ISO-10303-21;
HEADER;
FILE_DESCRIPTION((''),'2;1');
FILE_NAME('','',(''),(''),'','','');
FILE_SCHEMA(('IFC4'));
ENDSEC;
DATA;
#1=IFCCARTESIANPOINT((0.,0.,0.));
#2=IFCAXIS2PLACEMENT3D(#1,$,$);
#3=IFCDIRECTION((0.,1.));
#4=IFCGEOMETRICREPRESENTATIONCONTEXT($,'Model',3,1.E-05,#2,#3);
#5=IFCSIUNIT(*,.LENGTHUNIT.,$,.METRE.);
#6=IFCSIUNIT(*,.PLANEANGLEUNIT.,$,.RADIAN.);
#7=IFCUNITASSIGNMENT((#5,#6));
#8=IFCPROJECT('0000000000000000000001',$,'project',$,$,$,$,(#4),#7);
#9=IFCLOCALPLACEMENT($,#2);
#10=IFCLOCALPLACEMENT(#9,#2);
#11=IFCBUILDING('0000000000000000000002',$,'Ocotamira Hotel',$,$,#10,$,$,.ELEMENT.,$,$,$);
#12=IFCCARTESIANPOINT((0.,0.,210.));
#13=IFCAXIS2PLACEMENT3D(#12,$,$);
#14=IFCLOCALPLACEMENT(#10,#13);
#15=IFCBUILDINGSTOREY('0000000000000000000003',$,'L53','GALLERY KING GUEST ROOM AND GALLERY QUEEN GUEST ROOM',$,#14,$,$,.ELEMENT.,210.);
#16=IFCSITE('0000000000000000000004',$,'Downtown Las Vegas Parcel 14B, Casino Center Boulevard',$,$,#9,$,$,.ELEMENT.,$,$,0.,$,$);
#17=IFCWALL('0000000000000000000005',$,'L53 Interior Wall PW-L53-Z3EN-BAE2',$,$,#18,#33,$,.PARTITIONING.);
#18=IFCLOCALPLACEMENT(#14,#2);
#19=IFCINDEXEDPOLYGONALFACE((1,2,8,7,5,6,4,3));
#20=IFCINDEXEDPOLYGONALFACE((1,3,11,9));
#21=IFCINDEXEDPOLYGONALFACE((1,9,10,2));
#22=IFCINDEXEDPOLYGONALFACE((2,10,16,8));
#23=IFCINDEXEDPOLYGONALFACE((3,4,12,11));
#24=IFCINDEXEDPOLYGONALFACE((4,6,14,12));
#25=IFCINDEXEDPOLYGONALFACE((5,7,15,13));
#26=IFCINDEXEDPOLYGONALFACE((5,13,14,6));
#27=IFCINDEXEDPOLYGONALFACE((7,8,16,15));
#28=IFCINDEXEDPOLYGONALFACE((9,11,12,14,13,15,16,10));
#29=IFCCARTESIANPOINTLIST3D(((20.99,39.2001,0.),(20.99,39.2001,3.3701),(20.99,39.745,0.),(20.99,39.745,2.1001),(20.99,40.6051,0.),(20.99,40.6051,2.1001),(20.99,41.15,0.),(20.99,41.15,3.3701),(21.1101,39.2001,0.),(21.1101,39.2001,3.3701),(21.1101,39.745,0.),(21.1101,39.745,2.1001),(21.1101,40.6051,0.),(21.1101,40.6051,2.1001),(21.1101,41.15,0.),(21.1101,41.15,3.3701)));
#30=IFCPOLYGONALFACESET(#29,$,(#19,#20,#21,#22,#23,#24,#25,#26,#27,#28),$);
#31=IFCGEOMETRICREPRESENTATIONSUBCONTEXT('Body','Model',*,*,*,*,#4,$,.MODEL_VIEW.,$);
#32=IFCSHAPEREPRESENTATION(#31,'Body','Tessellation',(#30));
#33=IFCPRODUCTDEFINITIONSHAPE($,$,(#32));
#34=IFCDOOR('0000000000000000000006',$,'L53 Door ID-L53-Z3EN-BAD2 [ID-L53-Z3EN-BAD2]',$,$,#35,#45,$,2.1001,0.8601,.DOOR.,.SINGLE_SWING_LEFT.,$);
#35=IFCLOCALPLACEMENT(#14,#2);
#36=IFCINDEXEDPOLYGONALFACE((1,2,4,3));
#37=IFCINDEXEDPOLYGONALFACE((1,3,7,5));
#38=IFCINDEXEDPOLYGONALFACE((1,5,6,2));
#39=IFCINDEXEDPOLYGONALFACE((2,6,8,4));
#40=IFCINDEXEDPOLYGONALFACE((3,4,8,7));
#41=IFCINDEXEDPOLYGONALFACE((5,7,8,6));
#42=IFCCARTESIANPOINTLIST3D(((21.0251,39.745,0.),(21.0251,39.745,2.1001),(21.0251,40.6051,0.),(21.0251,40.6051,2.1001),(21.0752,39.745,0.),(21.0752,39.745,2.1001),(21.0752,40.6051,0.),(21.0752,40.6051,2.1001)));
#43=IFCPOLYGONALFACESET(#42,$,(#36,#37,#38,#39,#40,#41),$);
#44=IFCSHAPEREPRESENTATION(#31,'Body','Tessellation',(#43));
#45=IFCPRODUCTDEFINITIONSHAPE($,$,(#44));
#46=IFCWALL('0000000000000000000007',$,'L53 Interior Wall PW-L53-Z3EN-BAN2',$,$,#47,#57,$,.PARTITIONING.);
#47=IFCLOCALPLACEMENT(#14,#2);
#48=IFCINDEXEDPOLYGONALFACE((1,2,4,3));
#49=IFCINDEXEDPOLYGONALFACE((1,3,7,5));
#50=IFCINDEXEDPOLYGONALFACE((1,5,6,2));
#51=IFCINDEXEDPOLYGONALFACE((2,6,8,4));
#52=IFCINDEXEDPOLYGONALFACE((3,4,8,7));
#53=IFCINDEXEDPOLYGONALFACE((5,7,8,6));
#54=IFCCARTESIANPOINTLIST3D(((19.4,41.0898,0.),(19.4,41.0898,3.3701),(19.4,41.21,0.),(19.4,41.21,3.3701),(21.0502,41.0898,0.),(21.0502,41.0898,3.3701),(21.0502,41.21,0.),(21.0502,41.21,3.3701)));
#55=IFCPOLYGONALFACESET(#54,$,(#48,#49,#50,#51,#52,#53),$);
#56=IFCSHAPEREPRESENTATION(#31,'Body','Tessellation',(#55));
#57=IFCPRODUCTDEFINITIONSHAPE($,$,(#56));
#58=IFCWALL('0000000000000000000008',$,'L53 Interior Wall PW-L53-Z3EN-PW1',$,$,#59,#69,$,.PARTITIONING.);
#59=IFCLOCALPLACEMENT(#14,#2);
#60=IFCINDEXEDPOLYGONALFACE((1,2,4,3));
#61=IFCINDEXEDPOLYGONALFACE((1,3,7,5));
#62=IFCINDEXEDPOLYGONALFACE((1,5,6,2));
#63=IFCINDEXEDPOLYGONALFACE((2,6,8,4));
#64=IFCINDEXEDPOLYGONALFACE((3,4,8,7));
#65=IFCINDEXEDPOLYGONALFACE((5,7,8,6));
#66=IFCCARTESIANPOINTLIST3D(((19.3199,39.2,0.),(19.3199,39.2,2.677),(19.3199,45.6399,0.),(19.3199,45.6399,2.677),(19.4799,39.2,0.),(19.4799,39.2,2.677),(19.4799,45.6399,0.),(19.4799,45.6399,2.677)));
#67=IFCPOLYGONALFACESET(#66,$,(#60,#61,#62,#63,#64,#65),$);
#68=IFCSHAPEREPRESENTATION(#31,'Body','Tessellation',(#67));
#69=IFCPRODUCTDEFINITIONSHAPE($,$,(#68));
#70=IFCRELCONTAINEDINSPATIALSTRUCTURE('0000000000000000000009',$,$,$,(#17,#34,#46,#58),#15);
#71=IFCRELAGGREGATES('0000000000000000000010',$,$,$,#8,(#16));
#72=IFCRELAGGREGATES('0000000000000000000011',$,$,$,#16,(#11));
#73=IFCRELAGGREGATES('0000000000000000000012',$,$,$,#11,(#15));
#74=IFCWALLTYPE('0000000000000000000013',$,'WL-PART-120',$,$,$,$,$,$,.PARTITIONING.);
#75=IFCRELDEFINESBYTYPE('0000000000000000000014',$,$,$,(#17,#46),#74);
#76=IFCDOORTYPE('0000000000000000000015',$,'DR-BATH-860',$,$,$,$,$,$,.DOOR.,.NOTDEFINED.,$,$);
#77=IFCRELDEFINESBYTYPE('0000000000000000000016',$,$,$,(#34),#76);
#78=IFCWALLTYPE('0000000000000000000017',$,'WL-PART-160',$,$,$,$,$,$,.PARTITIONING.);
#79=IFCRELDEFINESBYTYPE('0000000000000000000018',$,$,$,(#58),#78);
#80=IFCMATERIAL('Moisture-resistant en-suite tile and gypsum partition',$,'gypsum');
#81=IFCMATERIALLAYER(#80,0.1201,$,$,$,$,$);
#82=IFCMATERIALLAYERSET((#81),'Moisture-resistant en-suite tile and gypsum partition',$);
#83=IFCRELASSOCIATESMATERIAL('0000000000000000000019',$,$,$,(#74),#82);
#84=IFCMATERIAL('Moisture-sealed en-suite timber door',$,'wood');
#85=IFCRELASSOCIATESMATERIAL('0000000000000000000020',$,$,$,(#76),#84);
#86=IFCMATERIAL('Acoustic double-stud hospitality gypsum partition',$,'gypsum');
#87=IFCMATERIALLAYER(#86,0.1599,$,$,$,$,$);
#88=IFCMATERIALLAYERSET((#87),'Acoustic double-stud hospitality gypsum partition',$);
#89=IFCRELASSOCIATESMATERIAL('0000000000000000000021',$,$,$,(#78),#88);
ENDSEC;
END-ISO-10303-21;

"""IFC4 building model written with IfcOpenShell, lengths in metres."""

from ifc_helpers import new_model, si_unit, direction, frame, frame_2d, origin, place, context, subcontext, project, spatial, rectangle, extrude, source, transform, mapped, material, layer, layer_set, type_object, element, fill, save


model = new_model("IFC4")

# Units and contexts
model_context = context("Model", 3, precision=1e-05, world=origin(), true_north=direction((0.0, 1.0)))
body_context = subcontext(model_context, "Body", "Model", "MODEL_VIEW")
ifc_project = project(units=[si_unit("LENGTHUNIT", "METRE"), si_unit("PLANEANGLEUNIT", "RADIAN")], contexts=[model_context])

# Site, building, storey
site_placement = place(None, origin())
site = spatial("IfcSite", under=ifc_project, at=site_placement, Name="Downtown Las Vegas Parcel 14B, Casino Center Boulevard", CompositionType="ELEMENT", RefElevation=0.0)
building_placement = place(site_placement, origin())
building = spatial("IfcBuilding", under=site, at=building_placement, Name="Ocotamira Hotel", CompositionType="ELEMENT")
storey_placement = place(building_placement, frame((0.0, 0.0, 210.0)))
storey = spatial("IfcBuildingStorey", under=building, at=storey_placement, Name="L53", Description="GALLERY KING GUEST ROOM AND GALLERY QUEEN GUEST ROOM", CompositionType="ELEMENT", Elevation=210.0)

# Shared definitions
ifc_material_1 = material(Name="Moisture-resistant en-suite tile and gypsum partition", Category="gypsum")
ifc_layer_1 = layer(ifc_material_1, 0.1201)
ifc_layer_set_1 = layer_set([ifc_layer_1], Name="Moisture-resistant en-suite tile and gypsum partition")
wall_type_1 = type_object("IfcWallType", Name="WL-PART-120", PredefinedType="PARTITIONING", material=ifc_layer_set_1)

# Wall, opening, door
wall_1_placement = place(storey_placement, frame((21.05, 39.2, 0.0), z_axis=(0.0, 0.0, 1.0), x_axis=(0.0, 1.0, 0.0)))
wall_1 = element("IfcWall", 1, at=wall_1_placement, inside=storey, type_object=wall_type_1, Name="L53 Interior Wall PW-L53-Z3EN-BAE2", PredefinedType="PARTITIONING", context=body_context, shape_type="SweptSolid", body=[
    extrude(rectangle(XDim=1.95, YDim=0.1201, at=frame_2d((0.9751, 0.0))), origin(), (0.0, 0.0, 1.0), 3.3701),
])
opening_placement = place(wall_1_placement, frame((0.5449, 0.0, 0.0)))
opening = element("IfcOpeningElement", 2, at=opening_placement, cuts=wall_1, PredefinedType="OPENING", context=body_context, shape_type="SweptSolid", body=[
    extrude(rectangle(XDim=0.8601, YDim=2.1001, at=frame_2d((0.4302, 1.05))), frame((0.0, 0.0701, 0.0), z_axis=(0.0, -1.0, 0.0), x_axis=(1.0, 0.0, 0.0)), (0.0, 0.0, 1.0), 0.1401),
])
ifc_material_2 = material(Name="Moisture-sealed en-suite timber door", Category="wood")
door_type = type_object("IfcDoorType", Name="DR-BATH-860", OperationType="NOTDEFINED", PredefinedType="DOOR", material=ifc_material_2)
shared_shape_1 = source(origin(), body_context, "Body", "SweptSolid", [
    extrude(rectangle(XDim=0.8601, YDim=2.1001, at=frame_2d((0.4302, 1.05))), frame((0.0, 0.0249, 0.0), z_axis=(0.0, -1.0, 0.0), x_axis=(1.0, 0.0, 0.0)), (0.0, 0.0, 1.0), 0.05),
])
door_placement = place(opening_placement, origin())
door = element("IfcDoor", 3, at=door_placement, inside=storey, type_object=door_type, Name="L53 Door ID-L53-Z3EN-BAD2 [ID-L53-Z3EN-BAD2]", OperationType="SINGLE_SWING_LEFT", OverallHeight=2.1001, OverallWidth=0.8601, PredefinedType="DOOR", context=body_context, shape_type="MappedRepresentation", body=[
    mapped(shared_shape_1, transform((0.0, 0.0, 0.0), scale=1.0)),
])
fill(opening, door)

# Walls
wall_2_placement = place(storey_placement, frame((19.3999, 41.1499, 0.0), z_axis=(0.0, 0.0, 1.0), x_axis=(1.0, 0.0, 0.0)))
element("IfcWall", 4, at=wall_2_placement, inside=storey, type_object=wall_type_1, Name="L53 Interior Wall PW-L53-Z3EN-BAN2", PredefinedType="PARTITIONING", context=body_context, shape_type="SweptSolid", body=[
    extrude(rectangle(XDim=1.6501, YDim=0.1201, at=frame_2d((0.8252, 0.0))), origin(), (0.0, 0.0, 1.0), 3.3701),
])
ifc_material_3 = material(Name="Acoustic double-stud hospitality gypsum partition", Category="gypsum")
ifc_layer_2 = layer(ifc_material_3, 0.1599)
ifc_layer_set_2 = layer_set([ifc_layer_2], Name="Acoustic double-stud hospitality gypsum partition")
wall_type_2 = type_object("IfcWallType", Name="WL-PART-160", PredefinedType="PARTITIONING", material=ifc_layer_set_2)
wall_3_placement = place(storey_placement, frame((19.3999, 39.2, 0.0), z_axis=(0.0, 0.0, 1.0), x_axis=(0.0, 1.0, 0.0)))
element("IfcWall", 5, at=wall_3_placement, inside=storey, type_object=wall_type_2, Name="L53 Interior Wall PW-L53-Z3EN-PW1", PredefinedType="PARTITIONING", context=body_context, shape_type="SweptSolid", body=[
    extrude(rectangle(XDim=6.4399, YDim=0.1599, at=frame_2d((3.22, 0.0))), origin(), (0.0, 0.0, 1.0), 2.677),
])

save(model, "model.ifc")
